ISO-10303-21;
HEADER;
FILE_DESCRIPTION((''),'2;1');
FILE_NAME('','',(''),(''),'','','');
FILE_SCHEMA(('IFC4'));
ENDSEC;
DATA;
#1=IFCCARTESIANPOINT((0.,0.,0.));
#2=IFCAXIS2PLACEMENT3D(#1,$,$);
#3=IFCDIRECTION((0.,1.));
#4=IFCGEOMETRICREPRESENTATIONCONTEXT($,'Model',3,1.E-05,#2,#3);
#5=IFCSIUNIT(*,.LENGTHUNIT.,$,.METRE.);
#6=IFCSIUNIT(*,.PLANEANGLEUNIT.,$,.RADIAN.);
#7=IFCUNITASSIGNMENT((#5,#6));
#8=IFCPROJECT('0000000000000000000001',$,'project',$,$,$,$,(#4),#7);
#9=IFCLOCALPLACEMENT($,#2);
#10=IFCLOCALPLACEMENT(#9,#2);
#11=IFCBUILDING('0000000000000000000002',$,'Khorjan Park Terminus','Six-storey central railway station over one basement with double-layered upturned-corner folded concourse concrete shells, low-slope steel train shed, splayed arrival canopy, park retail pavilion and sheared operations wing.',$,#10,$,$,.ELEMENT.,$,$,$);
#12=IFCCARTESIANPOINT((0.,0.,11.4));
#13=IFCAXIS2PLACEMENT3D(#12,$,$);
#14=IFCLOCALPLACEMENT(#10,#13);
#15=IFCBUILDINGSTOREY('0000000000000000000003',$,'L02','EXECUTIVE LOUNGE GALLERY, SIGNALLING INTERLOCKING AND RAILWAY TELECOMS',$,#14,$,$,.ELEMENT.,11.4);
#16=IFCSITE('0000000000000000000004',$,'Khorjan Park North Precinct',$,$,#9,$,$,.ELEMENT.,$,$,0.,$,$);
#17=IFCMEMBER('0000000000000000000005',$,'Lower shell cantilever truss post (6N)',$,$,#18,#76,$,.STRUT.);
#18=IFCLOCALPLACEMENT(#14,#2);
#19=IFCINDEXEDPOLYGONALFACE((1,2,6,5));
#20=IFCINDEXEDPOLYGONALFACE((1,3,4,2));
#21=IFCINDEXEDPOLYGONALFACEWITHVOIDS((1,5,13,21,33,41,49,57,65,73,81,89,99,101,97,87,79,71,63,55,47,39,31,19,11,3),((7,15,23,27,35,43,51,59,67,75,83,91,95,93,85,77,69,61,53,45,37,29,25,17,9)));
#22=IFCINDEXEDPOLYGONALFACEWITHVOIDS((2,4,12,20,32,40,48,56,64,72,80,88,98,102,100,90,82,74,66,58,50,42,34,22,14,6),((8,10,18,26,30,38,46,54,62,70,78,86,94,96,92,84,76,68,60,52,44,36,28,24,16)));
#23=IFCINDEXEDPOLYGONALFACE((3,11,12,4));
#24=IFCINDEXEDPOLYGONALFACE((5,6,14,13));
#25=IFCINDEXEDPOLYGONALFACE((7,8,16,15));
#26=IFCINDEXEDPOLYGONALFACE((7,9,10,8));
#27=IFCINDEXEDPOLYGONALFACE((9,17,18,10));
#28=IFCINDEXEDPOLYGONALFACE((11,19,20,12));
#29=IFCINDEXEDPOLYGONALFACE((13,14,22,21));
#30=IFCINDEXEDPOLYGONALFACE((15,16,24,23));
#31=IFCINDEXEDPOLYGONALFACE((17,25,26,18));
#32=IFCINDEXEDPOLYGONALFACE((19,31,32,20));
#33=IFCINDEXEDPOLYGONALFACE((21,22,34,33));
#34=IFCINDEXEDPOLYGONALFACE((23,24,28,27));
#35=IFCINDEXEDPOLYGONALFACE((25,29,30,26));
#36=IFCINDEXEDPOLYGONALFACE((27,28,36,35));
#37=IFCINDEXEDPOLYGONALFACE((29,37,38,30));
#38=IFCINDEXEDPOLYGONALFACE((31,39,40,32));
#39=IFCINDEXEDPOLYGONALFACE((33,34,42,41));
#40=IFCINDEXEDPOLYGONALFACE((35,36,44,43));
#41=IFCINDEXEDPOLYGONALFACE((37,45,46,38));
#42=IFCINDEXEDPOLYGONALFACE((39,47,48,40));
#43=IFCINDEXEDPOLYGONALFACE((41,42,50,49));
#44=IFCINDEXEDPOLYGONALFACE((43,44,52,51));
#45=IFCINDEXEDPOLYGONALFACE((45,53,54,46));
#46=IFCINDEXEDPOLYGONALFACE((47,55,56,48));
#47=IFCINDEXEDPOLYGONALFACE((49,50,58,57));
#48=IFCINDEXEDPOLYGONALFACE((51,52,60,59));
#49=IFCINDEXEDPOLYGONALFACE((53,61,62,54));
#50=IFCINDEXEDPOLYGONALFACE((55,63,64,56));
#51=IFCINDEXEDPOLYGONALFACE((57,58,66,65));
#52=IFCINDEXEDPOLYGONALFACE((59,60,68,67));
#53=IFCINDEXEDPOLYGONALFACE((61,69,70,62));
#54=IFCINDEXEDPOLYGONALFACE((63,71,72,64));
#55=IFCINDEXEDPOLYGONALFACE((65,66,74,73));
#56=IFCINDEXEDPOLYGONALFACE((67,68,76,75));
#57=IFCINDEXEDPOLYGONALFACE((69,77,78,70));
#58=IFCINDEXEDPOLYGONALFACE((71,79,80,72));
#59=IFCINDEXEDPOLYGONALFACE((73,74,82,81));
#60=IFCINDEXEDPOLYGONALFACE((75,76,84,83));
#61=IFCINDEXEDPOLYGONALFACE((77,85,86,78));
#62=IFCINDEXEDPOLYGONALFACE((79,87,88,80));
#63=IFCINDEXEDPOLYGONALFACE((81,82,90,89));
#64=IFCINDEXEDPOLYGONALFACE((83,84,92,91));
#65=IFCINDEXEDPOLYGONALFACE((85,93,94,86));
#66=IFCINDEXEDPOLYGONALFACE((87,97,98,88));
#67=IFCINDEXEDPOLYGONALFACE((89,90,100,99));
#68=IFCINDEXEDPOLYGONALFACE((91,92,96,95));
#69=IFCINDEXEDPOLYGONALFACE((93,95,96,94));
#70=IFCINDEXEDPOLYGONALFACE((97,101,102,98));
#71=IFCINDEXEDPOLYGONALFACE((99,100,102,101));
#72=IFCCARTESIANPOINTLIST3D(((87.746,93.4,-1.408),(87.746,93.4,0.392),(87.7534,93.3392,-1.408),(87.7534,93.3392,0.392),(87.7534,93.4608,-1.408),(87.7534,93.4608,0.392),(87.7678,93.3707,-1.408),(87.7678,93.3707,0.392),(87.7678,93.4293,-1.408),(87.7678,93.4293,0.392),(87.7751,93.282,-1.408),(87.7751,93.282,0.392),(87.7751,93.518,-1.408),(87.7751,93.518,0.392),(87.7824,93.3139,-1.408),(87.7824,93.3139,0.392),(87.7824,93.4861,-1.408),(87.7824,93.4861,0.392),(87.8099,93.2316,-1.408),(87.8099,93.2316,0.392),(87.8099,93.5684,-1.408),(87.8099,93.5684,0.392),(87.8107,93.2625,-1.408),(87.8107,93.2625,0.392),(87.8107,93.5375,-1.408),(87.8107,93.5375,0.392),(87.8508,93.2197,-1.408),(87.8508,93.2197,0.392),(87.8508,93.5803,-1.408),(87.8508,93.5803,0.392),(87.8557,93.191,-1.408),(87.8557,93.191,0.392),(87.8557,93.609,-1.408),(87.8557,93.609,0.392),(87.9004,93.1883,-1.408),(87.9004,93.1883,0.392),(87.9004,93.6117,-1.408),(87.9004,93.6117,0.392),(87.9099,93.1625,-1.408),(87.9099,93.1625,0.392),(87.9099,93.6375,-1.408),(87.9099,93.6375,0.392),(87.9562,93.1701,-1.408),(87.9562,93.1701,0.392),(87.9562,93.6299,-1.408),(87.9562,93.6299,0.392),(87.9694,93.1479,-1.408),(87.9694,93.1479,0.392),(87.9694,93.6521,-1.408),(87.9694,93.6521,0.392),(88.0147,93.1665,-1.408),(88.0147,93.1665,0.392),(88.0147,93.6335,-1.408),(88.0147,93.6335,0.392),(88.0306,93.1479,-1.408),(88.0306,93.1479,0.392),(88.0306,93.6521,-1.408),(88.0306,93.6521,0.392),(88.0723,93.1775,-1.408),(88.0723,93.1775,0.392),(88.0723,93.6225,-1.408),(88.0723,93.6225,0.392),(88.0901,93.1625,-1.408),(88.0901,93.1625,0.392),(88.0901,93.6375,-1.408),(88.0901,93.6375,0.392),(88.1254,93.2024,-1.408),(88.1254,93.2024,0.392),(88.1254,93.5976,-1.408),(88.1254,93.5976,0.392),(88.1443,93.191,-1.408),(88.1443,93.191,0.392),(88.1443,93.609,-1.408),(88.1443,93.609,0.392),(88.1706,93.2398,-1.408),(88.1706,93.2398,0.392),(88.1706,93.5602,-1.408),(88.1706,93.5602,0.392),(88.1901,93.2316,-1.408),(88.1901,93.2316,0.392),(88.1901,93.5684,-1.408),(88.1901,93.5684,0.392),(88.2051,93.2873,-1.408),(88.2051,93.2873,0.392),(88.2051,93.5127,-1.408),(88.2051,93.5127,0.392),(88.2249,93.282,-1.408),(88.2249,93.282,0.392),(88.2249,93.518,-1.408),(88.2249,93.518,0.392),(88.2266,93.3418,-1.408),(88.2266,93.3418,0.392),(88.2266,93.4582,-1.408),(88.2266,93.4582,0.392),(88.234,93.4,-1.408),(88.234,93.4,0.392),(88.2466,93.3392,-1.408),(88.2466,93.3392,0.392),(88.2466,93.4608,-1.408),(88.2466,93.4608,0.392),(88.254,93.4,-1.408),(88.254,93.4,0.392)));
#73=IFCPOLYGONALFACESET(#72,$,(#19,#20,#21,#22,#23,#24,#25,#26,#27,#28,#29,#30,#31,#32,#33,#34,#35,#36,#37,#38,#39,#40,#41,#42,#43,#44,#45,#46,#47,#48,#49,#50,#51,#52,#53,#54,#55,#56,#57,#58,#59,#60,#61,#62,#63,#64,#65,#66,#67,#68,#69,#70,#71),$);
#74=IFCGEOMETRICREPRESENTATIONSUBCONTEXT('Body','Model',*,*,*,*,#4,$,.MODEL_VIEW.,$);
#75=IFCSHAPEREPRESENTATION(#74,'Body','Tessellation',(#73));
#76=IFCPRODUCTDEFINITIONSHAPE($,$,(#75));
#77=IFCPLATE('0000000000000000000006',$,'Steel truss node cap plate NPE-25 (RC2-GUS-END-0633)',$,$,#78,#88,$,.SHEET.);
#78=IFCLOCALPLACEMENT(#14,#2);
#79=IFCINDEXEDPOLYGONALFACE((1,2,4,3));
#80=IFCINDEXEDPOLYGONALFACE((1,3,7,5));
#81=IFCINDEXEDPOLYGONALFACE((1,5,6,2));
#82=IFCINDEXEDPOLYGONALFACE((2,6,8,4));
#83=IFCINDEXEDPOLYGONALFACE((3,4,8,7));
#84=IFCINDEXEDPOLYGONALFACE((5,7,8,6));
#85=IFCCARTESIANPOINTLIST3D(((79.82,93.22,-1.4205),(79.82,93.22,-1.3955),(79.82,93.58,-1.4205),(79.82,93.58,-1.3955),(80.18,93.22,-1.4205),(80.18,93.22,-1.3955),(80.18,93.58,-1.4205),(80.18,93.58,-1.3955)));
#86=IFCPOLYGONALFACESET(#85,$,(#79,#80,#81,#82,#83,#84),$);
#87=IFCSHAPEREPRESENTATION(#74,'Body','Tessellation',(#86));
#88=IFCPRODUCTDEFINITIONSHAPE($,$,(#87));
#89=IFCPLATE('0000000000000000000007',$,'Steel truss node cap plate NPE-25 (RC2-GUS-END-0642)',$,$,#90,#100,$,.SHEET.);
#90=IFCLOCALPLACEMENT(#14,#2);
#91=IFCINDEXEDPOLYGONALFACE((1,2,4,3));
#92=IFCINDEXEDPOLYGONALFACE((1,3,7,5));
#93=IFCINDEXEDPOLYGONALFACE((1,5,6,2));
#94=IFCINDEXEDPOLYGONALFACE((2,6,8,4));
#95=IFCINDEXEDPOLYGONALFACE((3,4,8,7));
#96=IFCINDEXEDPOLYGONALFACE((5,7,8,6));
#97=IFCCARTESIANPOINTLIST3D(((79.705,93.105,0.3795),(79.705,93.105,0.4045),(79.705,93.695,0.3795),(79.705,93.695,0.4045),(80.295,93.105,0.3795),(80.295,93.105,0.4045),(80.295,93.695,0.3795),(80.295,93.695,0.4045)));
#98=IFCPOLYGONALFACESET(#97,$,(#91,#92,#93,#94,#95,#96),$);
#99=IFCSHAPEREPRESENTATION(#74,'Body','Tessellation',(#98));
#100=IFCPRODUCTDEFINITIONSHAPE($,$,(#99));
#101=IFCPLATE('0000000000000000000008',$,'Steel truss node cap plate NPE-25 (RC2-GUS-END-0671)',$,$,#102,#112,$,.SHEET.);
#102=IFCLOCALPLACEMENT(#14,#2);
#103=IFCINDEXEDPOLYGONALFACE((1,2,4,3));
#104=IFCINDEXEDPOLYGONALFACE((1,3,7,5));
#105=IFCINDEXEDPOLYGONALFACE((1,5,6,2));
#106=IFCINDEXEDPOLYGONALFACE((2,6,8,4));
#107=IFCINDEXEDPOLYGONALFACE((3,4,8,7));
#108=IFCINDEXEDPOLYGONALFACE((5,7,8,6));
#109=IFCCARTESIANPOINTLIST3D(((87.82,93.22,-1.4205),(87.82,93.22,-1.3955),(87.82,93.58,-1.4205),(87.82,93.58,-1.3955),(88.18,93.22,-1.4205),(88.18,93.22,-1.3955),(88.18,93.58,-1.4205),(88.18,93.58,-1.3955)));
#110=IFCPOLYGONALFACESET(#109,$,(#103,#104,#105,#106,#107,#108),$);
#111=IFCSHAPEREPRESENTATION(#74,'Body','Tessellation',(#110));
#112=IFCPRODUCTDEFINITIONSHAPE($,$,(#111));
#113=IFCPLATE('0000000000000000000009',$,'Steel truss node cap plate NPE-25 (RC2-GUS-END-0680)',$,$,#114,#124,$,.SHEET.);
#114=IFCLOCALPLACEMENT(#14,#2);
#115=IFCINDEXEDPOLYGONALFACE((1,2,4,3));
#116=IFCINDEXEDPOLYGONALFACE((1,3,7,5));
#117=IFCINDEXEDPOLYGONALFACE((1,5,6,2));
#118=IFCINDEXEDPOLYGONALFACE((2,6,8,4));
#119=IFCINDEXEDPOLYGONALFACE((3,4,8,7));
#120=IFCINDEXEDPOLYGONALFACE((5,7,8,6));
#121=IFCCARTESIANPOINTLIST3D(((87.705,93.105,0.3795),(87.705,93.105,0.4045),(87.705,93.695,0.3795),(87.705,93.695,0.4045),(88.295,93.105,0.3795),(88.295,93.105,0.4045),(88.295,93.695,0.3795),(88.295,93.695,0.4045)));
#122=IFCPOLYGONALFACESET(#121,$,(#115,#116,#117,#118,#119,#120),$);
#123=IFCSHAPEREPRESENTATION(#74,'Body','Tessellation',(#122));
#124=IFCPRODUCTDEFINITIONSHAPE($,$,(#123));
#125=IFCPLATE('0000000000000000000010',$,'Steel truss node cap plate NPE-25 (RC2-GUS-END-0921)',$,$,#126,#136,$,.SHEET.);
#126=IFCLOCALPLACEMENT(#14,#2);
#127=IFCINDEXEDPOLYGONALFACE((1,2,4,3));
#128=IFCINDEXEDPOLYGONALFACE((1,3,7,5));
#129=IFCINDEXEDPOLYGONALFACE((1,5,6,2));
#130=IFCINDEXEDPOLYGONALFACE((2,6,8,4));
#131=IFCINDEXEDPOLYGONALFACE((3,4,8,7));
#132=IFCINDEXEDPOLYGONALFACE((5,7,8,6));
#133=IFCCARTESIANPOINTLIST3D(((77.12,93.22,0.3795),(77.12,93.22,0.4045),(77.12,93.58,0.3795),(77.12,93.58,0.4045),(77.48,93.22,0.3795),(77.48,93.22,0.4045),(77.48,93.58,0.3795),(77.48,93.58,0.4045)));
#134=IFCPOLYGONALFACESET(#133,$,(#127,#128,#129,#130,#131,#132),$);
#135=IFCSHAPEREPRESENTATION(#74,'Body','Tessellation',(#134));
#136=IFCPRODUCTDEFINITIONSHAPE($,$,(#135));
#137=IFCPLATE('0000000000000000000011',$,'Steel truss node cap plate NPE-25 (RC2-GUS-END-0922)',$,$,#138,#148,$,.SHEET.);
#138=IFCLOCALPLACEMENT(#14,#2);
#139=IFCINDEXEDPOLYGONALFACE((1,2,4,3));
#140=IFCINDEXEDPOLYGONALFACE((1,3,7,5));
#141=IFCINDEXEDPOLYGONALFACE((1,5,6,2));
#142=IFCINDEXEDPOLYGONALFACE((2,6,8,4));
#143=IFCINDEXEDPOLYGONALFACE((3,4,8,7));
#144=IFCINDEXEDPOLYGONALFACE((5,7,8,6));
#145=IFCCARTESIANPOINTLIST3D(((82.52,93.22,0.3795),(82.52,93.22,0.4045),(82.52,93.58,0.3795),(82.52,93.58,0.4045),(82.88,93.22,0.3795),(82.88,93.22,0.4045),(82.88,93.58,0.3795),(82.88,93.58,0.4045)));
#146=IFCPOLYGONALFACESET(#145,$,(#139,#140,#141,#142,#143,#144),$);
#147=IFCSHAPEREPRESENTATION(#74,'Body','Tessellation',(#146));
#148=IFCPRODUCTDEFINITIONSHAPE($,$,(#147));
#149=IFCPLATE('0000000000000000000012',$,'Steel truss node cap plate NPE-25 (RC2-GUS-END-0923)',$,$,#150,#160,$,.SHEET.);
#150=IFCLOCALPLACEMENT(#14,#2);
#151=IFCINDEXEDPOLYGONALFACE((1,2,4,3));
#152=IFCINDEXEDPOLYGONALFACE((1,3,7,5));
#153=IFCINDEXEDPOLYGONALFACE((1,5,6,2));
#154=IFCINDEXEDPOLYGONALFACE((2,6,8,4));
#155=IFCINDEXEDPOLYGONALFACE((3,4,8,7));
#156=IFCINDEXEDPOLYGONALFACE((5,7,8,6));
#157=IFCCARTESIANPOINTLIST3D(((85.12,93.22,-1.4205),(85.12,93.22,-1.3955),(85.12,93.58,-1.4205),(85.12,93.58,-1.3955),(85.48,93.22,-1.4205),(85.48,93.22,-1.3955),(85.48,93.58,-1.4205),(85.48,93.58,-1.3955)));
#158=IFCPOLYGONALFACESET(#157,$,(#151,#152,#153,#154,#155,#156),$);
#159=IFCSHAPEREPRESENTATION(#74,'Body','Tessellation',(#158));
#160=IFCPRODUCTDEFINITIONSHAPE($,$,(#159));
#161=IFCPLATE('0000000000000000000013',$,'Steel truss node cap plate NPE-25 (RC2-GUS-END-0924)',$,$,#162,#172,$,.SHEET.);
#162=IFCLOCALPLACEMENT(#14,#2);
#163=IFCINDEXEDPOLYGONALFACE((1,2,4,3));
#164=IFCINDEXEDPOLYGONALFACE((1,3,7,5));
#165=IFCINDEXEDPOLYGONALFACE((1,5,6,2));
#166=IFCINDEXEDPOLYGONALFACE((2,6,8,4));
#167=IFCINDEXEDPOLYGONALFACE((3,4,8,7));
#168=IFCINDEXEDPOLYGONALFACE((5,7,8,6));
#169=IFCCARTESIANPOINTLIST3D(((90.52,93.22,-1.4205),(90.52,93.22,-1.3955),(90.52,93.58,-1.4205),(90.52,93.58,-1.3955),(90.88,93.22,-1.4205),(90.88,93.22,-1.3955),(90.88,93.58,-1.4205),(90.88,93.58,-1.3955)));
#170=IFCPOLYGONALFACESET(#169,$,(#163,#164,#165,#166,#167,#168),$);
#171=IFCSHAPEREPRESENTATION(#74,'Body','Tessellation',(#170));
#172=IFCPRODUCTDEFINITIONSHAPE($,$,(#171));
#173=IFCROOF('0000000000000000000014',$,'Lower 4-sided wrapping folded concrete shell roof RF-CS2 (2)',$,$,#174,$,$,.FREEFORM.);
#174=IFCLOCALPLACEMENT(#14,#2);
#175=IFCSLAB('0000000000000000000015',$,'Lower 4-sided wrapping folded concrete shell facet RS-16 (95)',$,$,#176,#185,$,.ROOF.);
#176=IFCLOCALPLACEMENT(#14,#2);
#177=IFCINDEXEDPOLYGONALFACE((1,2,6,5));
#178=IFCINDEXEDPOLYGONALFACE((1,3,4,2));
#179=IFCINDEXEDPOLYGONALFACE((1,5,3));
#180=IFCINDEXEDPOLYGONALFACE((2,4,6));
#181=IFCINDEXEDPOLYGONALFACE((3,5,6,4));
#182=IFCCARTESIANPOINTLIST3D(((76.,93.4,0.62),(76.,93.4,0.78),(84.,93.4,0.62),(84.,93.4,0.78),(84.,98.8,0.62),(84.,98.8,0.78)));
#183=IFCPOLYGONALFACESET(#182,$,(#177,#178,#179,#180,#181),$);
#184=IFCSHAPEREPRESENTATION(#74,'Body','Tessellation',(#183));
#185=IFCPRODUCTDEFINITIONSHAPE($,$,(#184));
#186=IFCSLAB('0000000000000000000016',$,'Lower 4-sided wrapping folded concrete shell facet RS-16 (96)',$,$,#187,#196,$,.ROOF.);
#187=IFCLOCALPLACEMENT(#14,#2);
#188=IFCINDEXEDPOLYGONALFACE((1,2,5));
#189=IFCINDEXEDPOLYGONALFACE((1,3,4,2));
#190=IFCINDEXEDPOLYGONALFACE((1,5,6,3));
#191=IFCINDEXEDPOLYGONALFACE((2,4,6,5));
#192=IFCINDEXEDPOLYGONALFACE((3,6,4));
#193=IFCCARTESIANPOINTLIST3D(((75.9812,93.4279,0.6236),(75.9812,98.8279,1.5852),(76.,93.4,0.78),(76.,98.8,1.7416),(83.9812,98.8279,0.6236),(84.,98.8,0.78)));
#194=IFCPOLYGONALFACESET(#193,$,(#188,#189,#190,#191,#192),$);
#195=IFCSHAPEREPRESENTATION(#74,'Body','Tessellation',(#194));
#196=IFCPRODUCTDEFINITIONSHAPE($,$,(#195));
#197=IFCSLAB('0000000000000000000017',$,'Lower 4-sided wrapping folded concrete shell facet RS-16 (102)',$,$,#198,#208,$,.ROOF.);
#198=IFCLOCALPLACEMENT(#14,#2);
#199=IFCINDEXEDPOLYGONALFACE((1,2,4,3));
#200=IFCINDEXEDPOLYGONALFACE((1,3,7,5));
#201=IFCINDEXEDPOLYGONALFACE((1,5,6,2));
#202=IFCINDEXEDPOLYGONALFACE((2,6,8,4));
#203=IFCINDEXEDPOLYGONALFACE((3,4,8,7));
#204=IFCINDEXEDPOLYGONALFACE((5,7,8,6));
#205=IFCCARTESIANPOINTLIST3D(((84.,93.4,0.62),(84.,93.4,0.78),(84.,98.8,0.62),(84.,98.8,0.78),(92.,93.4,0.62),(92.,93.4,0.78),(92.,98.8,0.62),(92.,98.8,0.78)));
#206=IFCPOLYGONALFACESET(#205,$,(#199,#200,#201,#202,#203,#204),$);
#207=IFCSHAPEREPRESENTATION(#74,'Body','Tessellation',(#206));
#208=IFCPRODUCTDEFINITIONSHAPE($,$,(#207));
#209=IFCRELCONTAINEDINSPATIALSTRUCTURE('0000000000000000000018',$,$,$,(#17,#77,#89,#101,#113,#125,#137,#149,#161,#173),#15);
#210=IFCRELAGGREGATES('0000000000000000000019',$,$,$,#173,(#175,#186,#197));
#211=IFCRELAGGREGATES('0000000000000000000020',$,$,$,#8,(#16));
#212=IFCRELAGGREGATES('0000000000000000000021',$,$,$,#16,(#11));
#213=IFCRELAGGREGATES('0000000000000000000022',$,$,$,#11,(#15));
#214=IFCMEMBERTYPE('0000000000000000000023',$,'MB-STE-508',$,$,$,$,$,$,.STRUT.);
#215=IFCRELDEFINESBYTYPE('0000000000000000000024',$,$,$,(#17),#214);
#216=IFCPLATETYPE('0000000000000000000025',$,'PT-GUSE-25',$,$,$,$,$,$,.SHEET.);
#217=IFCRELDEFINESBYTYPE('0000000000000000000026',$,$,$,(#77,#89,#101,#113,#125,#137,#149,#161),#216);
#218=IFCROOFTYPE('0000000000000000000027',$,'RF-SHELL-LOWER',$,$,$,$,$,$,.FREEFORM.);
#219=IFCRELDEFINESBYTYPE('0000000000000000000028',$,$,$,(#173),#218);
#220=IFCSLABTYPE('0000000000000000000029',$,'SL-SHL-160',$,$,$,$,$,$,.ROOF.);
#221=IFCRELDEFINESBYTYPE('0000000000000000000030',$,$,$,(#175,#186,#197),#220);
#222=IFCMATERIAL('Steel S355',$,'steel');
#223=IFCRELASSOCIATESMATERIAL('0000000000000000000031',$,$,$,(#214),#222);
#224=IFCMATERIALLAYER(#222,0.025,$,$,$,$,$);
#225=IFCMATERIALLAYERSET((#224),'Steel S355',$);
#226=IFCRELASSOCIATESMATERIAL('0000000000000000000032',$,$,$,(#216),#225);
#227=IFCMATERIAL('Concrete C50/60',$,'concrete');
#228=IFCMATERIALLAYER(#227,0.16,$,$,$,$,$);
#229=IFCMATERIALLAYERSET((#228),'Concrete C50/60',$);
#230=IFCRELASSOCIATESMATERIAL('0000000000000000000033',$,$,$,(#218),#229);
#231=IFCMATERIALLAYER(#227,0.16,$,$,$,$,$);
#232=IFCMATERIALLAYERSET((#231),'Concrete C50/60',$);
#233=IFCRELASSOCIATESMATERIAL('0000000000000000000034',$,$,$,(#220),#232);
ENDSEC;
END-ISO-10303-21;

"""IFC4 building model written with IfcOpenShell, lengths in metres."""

from ifc_helpers import new_model, si_unit, direction, frame, origin, origin_2d, place, context, subcontext, project, spatial, polyline, rectangle, hollow_circle, outline, extrude, material, layer, layer_set, material_profile, profile_set, type_object, element, aggregate, save


model = new_model("IFC4")

# Units and contexts
model_context = context("Model", 3, precision=1e-05, world=origin(), true_north=direction((0.0, 1.0)))
body_context = subcontext(model_context, "Body", "Model", "MODEL_VIEW")
ifc_project = project(units=[si_unit("LENGTHUNIT", "METRE"), si_unit("PLANEANGLEUNIT", "RADIAN")], contexts=[model_context])

# Site, building, storey
site_placement = place(None, origin())
site = spatial("IfcSite", under=ifc_project, at=site_placement, Name="Khorjan Park North Precinct", CompositionType="ELEMENT", RefElevation=0.0)
building_placement = place(site_placement, origin())
building = spatial("IfcBuilding", under=site, at=building_placement, Name="Khorjan Park Terminus", Description="Six-storey central railway station over one basement with double-layered upturned-corner folded concourse concrete shells, low-slope steel train shed, splayed arrival canopy, park retail pavilion and sheared operations wing.", CompositionType="ELEMENT")
storey_placement = place(building_placement, frame((0.0, 0.0, 11.4)))
storey = spatial("IfcBuildingStorey", under=building, at=storey_placement, Name="L02", Description="EXECUTIVE LOUNGE GALLERY, SIGNALLING INTERLOCKING AND RAILWAY TELECOMS", CompositionType="ELEMENT", Elevation=11.4)

# Member
ifc_material_1 = material(Name="Steel S355", Category="steel")
ifc_material_profile_1 = material_profile(ifc_material_1, hollow_circle(Radius=0.254, WallThickness=0.02, at=origin_2d()), Name="CHS 508x20")
ifc_profile_set_1 = profile_set([ifc_material_profile_1], Name="Steel S355")
member_type_1 = type_object("IfcMemberType", Name="MB-STE-508", PredefinedType="STRUT", material=ifc_profile_set_1)
for number, where, z_axis, x_axis, name in (
    (1, (88.0, 93.4, -1.408), (0.0, 0.0, 1.0), (1.0, 0.0, 0.0), "Lower shell cantilever truss post (6N)"),
):
    element("IfcMember", number, at=place(storey_placement, frame(where, z_axis=z_axis, x_axis=x_axis)), inside=storey, type_object=member_type_1, Name=name, PredefinedType="STRUT", context=body_context, shape_type="SweptSolid", body=[
        extrude(hollow_circle(Radius=0.254, WallThickness=0.02, at=origin_2d()), origin(), (0.0, 0.0, 1.0), 1.8),
    ])

# Plates
ifc_layer_1 = layer(ifc_material_1, 0.025)
ifc_layer_set_1 = layer_set([ifc_layer_1], Name="Steel S355")
plate_type = type_object("IfcPlateType", Name="PT-GUSE-25", PredefinedType="SHEET", material=ifc_layer_set_1)
plate_1_placement = place(storey_placement, frame((80.0, 93.4, -1.4205), z_axis=(0.0, 0.0, 1.0), x_axis=(1.0, 0.0, 0.0)))
element("IfcPlate", 2, at=plate_1_placement, inside=storey, type_object=plate_type, Name="Steel truss node cap plate NPE-25 (RC2-GUS-END-0633)", PredefinedType="SHEET", context=body_context, shape_type="SweptSolid", body=[
    extrude(rectangle(XDim=0.36, YDim=0.36, at=origin_2d()), origin(), (0.0, 0.0, 1.0), 0.025),
])
plate_2_placement = place(storey_placement, frame((80.0, 93.4, 0.3795), z_axis=(0.0, 0.0, 1.0), x_axis=(1.0, 0.0, 0.0)))
element("IfcPlate", 3, at=plate_2_placement, inside=storey, type_object=plate_type, Name="Steel truss node cap plate NPE-25 (RC2-GUS-END-0642)", PredefinedType="SHEET", context=body_context, shape_type="SweptSolid", body=[
    extrude(rectangle(XDim=0.59, YDim=0.59, at=origin_2d()), origin(), (0.0, 0.0, 1.0), 0.025),
])
plate_3_placement = place(storey_placement, frame((88.0, 93.4, -1.4205), z_axis=(0.0, 0.0, 1.0), x_axis=(1.0, 0.0, 0.0)))
element("IfcPlate", 4, at=plate_3_placement, inside=storey, type_object=plate_type, Name="Steel truss node cap plate NPE-25 (RC2-GUS-END-0671)", PredefinedType="SHEET", context=body_context, shape_type="SweptSolid", body=[
    extrude(rectangle(XDim=0.36, YDim=0.36, at=origin_2d()), origin(), (0.0, 0.0, 1.0), 0.025),
])
plate_4_placement = place(storey_placement, frame((88.0, 93.4, 0.3795), z_axis=(0.0, 0.0, 1.0), x_axis=(1.0, 0.0, 0.0)))
element("IfcPlate", 5, at=plate_4_placement, inside=storey, type_object=plate_type, Name="Steel truss node cap plate NPE-25 (RC2-GUS-END-0680)", PredefinedType="SHEET", context=body_context, shape_type="SweptSolid", body=[
    extrude(rectangle(XDim=0.59, YDim=0.59, at=origin_2d()), origin(), (0.0, 0.0, 1.0), 0.025),
])
for number, where, z_axis, x_axis, name in (
    (6, (77.3, 93.4, 0.3795), (0.0, 0.0, 1.0), (1.0, 0.0, 0.0), "Steel truss node cap plate NPE-25 (RC2-GUS-END-0921)"),
    (7, (82.7, 93.4, 0.3795), (0.0, 0.0, 1.0), (1.0, 0.0, 0.0), "Steel truss node cap plate NPE-25 (RC2-GUS-END-0922)"),
    (8, (85.3, 93.4, -1.4205), (0.0, 0.0, 1.0), (1.0, 0.0, 0.0), "Steel truss node cap plate NPE-25 (RC2-GUS-END-0923)"),
    (9, (90.7, 93.4, -1.4205), (0.0, 0.0, 1.0), (1.0, 0.0, 0.0), "Steel truss node cap plate NPE-25 (RC2-GUS-END-0924)"),
):
    element("IfcPlate", number, at=place(storey_placement, frame(where, z_axis=z_axis, x_axis=x_axis)), inside=storey, type_object=plate_type, Name=name, PredefinedType="SHEET", context=body_context, shape_type="SweptSolid", body=[
        extrude(rectangle(XDim=0.36, YDim=0.36, at=origin_2d()), origin(), (0.0, 0.0, 1.0), 0.025),
    ])

# Roof, slabs
ifc_material_2 = material(Name="Concrete C50/60", Category="concrete")
ifc_layer_2 = layer(ifc_material_2, 0.16)
ifc_layer_set_2 = layer_set([ifc_layer_2], Name="Concrete C50/60")
roof_type = type_object("IfcRoofType", Name="RF-SHELL-LOWER", PredefinedType="FREEFORM", material=ifc_layer_set_2)
roof_1_placement = place(storey_placement, origin())
roof_1 = element("IfcRoof", 10, at=roof_1_placement, inside=storey, type_object=roof_type, Name="Lower 4-sided wrapping folded concrete shell roof RF-CS2 (2)", PredefinedType="FREEFORM")
ifc_layer_3 = layer(ifc_material_2, 0.16)
ifc_layer_set_3 = layer_set([ifc_layer_3], Name="Concrete C50/60")
slab_type = type_object("IfcSlabType", Name="SL-SHL-160", PredefinedType="ROOF", material=ifc_layer_set_3)
slab_1_placement = place(storey_placement, frame((76.0, 93.4, 0.78), z_axis=(0.0, 0.0, 1.0), x_axis=(1.0, 0.0, 0.0)))
slab_1 = element("IfcSlab", 11, at=slab_1_placement, type_object=slab_type, Name="Lower 4-sided wrapping folded concrete shell facet RS-16 (95)", PredefinedType="ROOF", context=body_context, shape_type="SweptSolid", body=[
    extrude(outline(polyline([(0.0, 0.0), (8.0, 0.0), (8.0, 5.4), (0.0, 0.0)])), origin(), (0.0, 0.0, -1.0), 0.16),
])
slab_2_placement = place(storey_placement, frame((76.0, 93.4, 0.78), z_axis=(0.117518, -0.174101, 0.97769), x_axis=(0.828849, 0.559473, 0.0)))
slab_2 = element("IfcSlab", 12, at=slab_2_placement, type_object=slab_type, Name="Lower 4-sided wrapping folded concrete shell facet RS-16 (96)", PredefinedType="ROOF", context=body_context, shape_type="SweptSolid", body=[
    extrude(outline(polyline([(0.0, 0.0), (9.6519, 0.0), (3.0212, 4.5779), (0.0, 0.0)])), origin(), (0.0, 0.0, -1.0), 0.16),
])
slab_3_placement = place(storey_placement, frame((84.0, 93.4, 0.78), z_axis=(0.0, 0.0, 1.0), x_axis=(1.0, 0.0, 0.0)))
slab_3 = element("IfcSlab", 13, at=slab_3_placement, type_object=slab_type, Name="Lower 4-sided wrapping folded concrete shell facet RS-16 (102)", PredefinedType="ROOF", context=body_context, shape_type="SweptSolid", body=[
    extrude(outline(polyline([(0.0, 0.0), (8.0, 0.0), (8.0, 5.4), (0.0, 5.4), (0.0, 0.0)])), origin(), (0.0, 0.0, -1.0), 0.16),
])
aggregate(roof_1, [slab_1, slab_2, slab_3])

save(model, "model.ifc")
